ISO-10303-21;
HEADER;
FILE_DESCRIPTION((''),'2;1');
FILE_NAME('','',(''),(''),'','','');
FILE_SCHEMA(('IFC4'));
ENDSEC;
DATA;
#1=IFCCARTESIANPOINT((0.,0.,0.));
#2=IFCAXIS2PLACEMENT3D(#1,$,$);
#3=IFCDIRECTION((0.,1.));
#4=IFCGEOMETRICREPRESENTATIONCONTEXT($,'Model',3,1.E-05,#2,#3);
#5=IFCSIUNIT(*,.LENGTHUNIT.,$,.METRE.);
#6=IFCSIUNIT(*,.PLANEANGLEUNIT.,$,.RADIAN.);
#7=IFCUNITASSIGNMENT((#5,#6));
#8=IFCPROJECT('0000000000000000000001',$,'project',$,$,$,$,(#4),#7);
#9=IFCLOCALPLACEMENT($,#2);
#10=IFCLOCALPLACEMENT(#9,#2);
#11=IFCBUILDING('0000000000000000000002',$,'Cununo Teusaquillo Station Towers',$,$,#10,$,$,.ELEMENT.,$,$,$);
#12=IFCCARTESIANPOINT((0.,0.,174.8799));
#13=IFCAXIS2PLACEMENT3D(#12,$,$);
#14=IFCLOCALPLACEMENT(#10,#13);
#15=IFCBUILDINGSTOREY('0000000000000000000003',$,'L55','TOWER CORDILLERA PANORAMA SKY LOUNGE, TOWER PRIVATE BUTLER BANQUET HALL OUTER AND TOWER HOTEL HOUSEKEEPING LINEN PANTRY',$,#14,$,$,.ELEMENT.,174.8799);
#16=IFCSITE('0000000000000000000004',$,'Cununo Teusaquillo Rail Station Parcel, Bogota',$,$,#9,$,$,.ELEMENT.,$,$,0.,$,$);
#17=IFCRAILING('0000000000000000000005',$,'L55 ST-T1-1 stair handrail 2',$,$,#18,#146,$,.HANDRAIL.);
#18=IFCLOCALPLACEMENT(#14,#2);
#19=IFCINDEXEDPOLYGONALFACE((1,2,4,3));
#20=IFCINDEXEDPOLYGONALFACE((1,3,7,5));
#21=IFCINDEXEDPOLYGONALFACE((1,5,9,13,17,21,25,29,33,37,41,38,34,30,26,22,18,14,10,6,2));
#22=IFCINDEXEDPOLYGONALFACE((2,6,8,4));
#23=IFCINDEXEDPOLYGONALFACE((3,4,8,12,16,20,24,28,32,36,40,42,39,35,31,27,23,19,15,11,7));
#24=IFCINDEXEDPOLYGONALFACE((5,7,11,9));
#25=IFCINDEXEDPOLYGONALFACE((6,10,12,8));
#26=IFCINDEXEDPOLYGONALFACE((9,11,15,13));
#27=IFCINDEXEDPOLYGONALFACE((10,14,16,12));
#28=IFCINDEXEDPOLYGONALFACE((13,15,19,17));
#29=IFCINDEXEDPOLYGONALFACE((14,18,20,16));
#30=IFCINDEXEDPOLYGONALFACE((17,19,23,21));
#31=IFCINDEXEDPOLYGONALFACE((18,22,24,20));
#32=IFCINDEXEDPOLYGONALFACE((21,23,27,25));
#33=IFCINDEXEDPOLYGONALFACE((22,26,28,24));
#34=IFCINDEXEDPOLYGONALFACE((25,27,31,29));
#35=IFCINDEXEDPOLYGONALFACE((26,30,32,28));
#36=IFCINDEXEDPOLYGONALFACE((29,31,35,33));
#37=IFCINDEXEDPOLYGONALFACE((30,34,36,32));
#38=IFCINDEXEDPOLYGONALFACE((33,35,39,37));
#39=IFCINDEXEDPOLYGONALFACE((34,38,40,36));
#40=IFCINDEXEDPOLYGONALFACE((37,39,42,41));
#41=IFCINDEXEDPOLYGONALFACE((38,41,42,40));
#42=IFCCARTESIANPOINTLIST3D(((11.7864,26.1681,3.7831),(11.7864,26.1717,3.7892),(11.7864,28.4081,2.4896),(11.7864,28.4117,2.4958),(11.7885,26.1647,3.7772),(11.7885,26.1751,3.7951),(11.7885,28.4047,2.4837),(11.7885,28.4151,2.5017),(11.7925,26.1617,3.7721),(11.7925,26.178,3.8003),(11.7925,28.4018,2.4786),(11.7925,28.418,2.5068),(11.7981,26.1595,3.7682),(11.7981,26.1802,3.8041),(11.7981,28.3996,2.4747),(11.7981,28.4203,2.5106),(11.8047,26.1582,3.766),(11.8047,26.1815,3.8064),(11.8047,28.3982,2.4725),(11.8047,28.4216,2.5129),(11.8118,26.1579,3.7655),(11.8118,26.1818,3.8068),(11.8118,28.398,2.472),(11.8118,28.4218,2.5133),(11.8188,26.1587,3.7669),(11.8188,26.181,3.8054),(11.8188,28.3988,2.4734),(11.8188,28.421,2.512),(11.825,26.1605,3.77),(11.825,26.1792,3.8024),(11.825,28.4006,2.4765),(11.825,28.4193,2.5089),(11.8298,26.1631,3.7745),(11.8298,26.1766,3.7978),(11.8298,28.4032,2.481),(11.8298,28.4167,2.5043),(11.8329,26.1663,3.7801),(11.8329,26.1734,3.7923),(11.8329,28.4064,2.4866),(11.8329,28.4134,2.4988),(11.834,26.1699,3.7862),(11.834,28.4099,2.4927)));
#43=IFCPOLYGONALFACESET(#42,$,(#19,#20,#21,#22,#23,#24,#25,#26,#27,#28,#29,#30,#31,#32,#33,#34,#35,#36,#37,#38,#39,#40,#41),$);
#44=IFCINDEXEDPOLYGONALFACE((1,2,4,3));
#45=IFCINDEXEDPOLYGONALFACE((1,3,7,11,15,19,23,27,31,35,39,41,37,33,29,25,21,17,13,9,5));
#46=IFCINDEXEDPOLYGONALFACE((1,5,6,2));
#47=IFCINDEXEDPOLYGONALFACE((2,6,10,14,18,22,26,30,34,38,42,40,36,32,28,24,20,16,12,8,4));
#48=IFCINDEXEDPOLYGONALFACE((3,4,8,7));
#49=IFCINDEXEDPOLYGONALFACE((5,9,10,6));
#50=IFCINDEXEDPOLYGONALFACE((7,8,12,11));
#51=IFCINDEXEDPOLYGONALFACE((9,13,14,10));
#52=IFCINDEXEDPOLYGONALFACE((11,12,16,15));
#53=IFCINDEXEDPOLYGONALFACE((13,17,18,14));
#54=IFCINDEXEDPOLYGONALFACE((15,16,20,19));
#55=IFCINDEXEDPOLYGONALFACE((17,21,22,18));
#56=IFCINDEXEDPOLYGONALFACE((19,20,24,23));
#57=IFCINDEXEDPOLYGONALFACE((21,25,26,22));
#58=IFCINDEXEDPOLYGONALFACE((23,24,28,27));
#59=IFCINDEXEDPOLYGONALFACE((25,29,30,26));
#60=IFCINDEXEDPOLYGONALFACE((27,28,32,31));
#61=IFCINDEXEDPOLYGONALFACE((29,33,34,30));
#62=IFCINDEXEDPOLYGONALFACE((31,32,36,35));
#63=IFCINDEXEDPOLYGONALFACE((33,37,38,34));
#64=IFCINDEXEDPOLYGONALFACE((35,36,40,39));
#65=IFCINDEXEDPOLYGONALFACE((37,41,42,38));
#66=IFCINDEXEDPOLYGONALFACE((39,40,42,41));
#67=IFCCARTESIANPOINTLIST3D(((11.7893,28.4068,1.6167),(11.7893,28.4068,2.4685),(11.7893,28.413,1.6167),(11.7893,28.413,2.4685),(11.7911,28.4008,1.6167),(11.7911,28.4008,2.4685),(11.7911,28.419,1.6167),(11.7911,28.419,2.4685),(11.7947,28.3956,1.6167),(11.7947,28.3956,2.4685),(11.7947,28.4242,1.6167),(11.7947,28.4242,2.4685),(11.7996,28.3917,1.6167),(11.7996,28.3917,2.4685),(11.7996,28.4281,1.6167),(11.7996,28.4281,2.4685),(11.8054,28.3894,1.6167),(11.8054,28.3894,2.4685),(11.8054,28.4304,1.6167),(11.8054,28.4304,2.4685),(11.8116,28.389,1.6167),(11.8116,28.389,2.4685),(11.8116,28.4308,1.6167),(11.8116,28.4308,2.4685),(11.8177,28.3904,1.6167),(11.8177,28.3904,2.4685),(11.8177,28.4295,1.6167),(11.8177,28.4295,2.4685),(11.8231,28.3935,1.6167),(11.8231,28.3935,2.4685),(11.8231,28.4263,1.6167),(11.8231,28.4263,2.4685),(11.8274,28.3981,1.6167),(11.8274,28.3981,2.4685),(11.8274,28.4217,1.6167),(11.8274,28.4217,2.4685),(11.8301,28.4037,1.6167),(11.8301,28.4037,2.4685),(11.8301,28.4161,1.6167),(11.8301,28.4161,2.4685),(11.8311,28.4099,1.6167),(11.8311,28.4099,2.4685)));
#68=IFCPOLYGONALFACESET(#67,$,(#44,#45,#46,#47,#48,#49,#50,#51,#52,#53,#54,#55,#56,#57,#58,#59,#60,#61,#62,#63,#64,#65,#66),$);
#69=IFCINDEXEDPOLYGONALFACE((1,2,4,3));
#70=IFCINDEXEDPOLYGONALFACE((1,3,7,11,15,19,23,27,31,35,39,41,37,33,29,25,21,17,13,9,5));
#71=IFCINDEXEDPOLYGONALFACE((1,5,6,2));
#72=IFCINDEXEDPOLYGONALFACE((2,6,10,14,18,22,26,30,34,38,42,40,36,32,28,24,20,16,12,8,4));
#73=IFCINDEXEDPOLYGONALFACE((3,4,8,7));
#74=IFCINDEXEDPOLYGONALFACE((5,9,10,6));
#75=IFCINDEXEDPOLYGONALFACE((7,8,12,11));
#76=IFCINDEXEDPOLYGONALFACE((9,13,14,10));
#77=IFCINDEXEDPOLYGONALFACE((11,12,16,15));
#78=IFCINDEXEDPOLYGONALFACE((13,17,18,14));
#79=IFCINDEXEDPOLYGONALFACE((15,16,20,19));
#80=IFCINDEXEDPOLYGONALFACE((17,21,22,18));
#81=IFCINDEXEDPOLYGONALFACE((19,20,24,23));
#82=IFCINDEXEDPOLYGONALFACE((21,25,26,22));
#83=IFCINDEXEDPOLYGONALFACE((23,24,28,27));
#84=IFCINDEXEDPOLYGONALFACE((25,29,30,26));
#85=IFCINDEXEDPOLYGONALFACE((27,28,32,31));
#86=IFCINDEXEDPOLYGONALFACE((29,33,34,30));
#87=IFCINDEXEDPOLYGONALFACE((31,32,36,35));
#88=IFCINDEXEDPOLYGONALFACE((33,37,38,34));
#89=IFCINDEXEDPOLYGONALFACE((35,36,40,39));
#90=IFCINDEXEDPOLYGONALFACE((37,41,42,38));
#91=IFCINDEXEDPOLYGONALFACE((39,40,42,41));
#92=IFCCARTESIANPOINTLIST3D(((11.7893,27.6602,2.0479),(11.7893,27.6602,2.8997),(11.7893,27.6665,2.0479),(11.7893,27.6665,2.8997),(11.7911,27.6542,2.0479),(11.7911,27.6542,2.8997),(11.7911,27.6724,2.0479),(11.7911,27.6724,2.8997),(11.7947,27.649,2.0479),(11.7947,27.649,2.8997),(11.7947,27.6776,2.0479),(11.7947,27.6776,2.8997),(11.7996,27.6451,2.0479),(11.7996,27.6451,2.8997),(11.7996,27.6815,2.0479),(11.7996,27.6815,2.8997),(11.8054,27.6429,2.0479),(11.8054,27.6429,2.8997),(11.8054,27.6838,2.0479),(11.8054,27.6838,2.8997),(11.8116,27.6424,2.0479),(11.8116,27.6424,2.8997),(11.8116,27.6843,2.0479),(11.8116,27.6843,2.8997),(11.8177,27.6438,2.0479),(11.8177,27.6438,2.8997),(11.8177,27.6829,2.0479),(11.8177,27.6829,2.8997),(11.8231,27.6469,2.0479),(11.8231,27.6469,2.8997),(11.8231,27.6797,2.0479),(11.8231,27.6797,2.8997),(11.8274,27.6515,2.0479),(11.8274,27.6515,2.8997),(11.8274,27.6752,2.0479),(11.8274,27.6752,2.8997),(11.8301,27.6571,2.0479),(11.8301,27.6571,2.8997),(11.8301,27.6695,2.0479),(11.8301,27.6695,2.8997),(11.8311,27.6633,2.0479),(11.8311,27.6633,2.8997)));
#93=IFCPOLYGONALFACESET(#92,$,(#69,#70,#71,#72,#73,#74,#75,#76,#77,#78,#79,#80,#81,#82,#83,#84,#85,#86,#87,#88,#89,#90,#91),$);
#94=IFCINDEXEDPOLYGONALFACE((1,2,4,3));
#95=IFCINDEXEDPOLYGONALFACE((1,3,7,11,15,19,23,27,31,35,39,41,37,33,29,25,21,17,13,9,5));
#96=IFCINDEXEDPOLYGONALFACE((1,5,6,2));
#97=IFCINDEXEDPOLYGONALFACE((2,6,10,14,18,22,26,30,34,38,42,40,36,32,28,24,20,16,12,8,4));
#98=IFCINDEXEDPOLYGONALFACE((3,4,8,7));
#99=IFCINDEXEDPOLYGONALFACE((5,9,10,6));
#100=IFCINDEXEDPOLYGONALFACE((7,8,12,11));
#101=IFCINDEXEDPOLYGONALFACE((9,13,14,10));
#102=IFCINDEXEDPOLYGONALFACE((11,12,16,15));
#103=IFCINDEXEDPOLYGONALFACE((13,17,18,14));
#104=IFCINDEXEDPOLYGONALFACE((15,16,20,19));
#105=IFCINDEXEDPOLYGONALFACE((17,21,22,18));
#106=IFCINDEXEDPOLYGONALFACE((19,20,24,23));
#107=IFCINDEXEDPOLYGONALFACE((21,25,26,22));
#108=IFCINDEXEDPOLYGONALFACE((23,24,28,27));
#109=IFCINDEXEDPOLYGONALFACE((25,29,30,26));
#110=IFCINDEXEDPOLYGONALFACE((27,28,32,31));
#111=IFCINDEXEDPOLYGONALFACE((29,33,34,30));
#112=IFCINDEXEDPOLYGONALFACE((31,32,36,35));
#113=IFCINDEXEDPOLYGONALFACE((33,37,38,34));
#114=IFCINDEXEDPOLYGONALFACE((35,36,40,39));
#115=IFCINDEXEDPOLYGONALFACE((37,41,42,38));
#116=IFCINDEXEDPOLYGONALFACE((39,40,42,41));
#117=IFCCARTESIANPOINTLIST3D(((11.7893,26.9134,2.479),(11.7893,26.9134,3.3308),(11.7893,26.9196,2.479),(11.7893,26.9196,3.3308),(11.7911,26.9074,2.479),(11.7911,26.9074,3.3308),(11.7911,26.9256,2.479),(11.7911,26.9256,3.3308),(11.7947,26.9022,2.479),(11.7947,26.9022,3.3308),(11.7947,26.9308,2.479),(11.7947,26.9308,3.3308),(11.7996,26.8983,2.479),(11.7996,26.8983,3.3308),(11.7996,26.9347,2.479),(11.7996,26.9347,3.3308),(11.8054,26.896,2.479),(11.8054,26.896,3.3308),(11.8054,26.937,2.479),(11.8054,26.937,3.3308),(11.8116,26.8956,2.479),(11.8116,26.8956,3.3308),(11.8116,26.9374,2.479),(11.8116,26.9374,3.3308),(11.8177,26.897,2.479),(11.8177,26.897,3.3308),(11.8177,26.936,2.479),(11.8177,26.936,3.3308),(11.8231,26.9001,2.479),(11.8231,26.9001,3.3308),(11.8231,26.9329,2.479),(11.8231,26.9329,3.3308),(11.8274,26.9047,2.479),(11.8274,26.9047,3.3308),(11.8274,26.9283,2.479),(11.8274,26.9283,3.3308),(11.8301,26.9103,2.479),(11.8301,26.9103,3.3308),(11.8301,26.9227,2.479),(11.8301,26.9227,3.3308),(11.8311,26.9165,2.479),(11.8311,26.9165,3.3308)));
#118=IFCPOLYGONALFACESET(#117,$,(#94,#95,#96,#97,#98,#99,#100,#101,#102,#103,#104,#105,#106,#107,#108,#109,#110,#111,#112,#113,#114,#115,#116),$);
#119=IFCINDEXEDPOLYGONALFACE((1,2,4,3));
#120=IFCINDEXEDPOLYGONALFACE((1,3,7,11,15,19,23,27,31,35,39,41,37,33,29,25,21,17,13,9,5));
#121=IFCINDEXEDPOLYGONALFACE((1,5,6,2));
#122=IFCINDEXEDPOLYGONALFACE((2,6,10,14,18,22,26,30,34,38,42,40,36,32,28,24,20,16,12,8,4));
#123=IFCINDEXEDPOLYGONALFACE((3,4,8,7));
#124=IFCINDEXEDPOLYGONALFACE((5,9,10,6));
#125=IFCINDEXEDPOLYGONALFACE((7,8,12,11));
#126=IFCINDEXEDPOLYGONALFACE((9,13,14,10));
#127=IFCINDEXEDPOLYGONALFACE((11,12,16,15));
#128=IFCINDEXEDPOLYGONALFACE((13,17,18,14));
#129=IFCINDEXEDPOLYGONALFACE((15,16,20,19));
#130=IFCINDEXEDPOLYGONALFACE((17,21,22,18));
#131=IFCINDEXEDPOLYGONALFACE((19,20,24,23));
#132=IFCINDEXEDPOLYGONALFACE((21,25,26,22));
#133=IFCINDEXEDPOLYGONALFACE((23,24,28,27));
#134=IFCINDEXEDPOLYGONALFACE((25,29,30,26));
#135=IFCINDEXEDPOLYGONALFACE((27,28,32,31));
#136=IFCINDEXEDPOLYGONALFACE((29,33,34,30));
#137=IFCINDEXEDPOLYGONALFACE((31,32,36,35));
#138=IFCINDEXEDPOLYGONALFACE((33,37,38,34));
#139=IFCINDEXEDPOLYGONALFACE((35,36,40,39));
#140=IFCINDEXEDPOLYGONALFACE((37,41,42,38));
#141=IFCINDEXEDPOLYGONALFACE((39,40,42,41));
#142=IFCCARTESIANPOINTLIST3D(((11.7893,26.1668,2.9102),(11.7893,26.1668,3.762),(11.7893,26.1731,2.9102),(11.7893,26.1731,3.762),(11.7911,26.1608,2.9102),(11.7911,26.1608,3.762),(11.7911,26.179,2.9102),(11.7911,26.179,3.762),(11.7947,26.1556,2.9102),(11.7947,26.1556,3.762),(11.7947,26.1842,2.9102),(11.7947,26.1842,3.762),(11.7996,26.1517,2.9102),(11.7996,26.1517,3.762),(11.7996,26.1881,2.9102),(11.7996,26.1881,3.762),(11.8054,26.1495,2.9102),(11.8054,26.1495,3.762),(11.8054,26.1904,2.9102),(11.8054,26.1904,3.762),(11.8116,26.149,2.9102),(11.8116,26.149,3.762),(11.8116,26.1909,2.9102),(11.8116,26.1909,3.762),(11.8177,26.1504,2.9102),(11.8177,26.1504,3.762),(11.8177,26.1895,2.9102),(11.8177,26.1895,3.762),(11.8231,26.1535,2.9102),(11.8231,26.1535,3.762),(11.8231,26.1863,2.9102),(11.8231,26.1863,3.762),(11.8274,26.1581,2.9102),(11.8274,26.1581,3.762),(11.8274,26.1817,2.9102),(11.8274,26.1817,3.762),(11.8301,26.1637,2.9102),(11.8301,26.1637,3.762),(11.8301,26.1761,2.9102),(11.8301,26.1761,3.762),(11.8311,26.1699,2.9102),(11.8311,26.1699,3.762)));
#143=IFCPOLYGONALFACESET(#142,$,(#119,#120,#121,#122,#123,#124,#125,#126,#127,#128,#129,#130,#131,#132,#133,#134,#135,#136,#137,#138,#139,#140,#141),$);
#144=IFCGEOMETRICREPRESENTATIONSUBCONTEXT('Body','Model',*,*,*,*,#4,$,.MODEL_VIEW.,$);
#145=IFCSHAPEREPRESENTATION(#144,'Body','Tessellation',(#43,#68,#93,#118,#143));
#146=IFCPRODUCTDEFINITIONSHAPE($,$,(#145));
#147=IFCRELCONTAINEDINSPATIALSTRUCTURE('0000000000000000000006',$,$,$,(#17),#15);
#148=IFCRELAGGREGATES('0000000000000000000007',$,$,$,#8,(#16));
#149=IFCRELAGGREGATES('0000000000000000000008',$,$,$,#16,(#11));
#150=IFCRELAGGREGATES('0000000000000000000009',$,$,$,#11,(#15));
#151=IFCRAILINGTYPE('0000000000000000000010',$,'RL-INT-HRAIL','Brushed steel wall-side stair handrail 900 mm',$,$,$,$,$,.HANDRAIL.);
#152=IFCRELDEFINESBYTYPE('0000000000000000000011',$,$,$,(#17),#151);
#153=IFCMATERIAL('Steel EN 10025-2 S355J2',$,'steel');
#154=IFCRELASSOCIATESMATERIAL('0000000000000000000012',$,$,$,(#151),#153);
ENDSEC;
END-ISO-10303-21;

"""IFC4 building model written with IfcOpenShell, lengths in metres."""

from ifc_helpers import new_model, si_unit, direction, frame, origin, origin_2d, place, context, subcontext, project, spatial, circle, extrude, material, type_object, element, save


model = new_model("IFC4")

# Units and contexts
model_context = context("Model", 3, precision=1e-05, world=origin(), true_north=direction((0.0, 1.0)))
body_context = subcontext(model_context, "Body", "Model", "MODEL_VIEW")
ifc_project = project(units=[si_unit("LENGTHUNIT", "METRE"), si_unit("PLANEANGLEUNIT", "RADIAN")], contexts=[model_context])

# Site, building, storey
site_placement = place(None, origin())
site = spatial("IfcSite", under=ifc_project, at=site_placement, Name="Cununo Teusaquillo Rail Station Parcel, Bogota", CompositionType="ELEMENT", RefElevation=0.0)
building_placement = place(site_placement, origin())
building = spatial("IfcBuilding", under=site, at=building_placement, Name="Cununo Teusaquillo Station Towers", CompositionType="ELEMENT")
storey_placement = place(building_placement, frame((0.0, 0.0, 174.8799)))
storey = spatial("IfcBuildingStorey", under=building, at=storey_placement, Name="L55", Description="TOWER CORDILLERA PANORAMA SKY LOUNGE, TOWER PRIVATE BUTLER BANQUET HALL OUTER AND TOWER HOTEL HOUSEKEEPING LINEN PANTRY", CompositionType="ELEMENT", Elevation=174.8799)

# Railing
ifc_material_1 = material(Name="Steel EN 10025-2 S355J2", Category="steel")
railing_type_1 = type_object("IfcRailingType", Name="RL-INT-HRAIL", Description="Brushed steel wall-side stair handrail 900 mm", PredefinedType="HANDRAIL", material=ifc_material_1)
railing_1_placement = place(storey_placement, frame((11.8101, 28.4099, 1.6167)))
element("IfcRailing", 1, at=railing_1_placement, inside=storey, type_object=railing_type_1, Name="L55 ST-T1-1 stair handrail 2", PredefinedType="HANDRAIL", context=body_context, shape_type="SweptSolid", body=[
    extrude(circle(Radius=0.0239, at=origin_2d()), frame((0.0, 0.0, 0.876), z_axis=(0.0, -0.865992, 0.500057), x_axis=(1.0, 0.0, 0.0)), (0.0, 0.0, 1.0), 2.5867),
    extrude(circle(Radius=0.021, at=origin_2d()), origin(), (0.0, 0.0, 1.0), 0.8518),
    extrude(circle(Radius=0.021, at=origin_2d()), frame((0.0, -0.7466, 0.4312)), (0.0, 0.0, 1.0), 0.8518),
    extrude(circle(Radius=0.021, at=origin_2d()), frame((0.0, -1.4934, 0.8623)), (0.0, 0.0, 1.0), 0.8518),
    extrude(circle(Radius=0.021, at=origin_2d()), frame((0.0, -2.24, 1.2935)), (0.0, 0.0, 1.0), 0.8518),
])

save(model, "model.ifc")
